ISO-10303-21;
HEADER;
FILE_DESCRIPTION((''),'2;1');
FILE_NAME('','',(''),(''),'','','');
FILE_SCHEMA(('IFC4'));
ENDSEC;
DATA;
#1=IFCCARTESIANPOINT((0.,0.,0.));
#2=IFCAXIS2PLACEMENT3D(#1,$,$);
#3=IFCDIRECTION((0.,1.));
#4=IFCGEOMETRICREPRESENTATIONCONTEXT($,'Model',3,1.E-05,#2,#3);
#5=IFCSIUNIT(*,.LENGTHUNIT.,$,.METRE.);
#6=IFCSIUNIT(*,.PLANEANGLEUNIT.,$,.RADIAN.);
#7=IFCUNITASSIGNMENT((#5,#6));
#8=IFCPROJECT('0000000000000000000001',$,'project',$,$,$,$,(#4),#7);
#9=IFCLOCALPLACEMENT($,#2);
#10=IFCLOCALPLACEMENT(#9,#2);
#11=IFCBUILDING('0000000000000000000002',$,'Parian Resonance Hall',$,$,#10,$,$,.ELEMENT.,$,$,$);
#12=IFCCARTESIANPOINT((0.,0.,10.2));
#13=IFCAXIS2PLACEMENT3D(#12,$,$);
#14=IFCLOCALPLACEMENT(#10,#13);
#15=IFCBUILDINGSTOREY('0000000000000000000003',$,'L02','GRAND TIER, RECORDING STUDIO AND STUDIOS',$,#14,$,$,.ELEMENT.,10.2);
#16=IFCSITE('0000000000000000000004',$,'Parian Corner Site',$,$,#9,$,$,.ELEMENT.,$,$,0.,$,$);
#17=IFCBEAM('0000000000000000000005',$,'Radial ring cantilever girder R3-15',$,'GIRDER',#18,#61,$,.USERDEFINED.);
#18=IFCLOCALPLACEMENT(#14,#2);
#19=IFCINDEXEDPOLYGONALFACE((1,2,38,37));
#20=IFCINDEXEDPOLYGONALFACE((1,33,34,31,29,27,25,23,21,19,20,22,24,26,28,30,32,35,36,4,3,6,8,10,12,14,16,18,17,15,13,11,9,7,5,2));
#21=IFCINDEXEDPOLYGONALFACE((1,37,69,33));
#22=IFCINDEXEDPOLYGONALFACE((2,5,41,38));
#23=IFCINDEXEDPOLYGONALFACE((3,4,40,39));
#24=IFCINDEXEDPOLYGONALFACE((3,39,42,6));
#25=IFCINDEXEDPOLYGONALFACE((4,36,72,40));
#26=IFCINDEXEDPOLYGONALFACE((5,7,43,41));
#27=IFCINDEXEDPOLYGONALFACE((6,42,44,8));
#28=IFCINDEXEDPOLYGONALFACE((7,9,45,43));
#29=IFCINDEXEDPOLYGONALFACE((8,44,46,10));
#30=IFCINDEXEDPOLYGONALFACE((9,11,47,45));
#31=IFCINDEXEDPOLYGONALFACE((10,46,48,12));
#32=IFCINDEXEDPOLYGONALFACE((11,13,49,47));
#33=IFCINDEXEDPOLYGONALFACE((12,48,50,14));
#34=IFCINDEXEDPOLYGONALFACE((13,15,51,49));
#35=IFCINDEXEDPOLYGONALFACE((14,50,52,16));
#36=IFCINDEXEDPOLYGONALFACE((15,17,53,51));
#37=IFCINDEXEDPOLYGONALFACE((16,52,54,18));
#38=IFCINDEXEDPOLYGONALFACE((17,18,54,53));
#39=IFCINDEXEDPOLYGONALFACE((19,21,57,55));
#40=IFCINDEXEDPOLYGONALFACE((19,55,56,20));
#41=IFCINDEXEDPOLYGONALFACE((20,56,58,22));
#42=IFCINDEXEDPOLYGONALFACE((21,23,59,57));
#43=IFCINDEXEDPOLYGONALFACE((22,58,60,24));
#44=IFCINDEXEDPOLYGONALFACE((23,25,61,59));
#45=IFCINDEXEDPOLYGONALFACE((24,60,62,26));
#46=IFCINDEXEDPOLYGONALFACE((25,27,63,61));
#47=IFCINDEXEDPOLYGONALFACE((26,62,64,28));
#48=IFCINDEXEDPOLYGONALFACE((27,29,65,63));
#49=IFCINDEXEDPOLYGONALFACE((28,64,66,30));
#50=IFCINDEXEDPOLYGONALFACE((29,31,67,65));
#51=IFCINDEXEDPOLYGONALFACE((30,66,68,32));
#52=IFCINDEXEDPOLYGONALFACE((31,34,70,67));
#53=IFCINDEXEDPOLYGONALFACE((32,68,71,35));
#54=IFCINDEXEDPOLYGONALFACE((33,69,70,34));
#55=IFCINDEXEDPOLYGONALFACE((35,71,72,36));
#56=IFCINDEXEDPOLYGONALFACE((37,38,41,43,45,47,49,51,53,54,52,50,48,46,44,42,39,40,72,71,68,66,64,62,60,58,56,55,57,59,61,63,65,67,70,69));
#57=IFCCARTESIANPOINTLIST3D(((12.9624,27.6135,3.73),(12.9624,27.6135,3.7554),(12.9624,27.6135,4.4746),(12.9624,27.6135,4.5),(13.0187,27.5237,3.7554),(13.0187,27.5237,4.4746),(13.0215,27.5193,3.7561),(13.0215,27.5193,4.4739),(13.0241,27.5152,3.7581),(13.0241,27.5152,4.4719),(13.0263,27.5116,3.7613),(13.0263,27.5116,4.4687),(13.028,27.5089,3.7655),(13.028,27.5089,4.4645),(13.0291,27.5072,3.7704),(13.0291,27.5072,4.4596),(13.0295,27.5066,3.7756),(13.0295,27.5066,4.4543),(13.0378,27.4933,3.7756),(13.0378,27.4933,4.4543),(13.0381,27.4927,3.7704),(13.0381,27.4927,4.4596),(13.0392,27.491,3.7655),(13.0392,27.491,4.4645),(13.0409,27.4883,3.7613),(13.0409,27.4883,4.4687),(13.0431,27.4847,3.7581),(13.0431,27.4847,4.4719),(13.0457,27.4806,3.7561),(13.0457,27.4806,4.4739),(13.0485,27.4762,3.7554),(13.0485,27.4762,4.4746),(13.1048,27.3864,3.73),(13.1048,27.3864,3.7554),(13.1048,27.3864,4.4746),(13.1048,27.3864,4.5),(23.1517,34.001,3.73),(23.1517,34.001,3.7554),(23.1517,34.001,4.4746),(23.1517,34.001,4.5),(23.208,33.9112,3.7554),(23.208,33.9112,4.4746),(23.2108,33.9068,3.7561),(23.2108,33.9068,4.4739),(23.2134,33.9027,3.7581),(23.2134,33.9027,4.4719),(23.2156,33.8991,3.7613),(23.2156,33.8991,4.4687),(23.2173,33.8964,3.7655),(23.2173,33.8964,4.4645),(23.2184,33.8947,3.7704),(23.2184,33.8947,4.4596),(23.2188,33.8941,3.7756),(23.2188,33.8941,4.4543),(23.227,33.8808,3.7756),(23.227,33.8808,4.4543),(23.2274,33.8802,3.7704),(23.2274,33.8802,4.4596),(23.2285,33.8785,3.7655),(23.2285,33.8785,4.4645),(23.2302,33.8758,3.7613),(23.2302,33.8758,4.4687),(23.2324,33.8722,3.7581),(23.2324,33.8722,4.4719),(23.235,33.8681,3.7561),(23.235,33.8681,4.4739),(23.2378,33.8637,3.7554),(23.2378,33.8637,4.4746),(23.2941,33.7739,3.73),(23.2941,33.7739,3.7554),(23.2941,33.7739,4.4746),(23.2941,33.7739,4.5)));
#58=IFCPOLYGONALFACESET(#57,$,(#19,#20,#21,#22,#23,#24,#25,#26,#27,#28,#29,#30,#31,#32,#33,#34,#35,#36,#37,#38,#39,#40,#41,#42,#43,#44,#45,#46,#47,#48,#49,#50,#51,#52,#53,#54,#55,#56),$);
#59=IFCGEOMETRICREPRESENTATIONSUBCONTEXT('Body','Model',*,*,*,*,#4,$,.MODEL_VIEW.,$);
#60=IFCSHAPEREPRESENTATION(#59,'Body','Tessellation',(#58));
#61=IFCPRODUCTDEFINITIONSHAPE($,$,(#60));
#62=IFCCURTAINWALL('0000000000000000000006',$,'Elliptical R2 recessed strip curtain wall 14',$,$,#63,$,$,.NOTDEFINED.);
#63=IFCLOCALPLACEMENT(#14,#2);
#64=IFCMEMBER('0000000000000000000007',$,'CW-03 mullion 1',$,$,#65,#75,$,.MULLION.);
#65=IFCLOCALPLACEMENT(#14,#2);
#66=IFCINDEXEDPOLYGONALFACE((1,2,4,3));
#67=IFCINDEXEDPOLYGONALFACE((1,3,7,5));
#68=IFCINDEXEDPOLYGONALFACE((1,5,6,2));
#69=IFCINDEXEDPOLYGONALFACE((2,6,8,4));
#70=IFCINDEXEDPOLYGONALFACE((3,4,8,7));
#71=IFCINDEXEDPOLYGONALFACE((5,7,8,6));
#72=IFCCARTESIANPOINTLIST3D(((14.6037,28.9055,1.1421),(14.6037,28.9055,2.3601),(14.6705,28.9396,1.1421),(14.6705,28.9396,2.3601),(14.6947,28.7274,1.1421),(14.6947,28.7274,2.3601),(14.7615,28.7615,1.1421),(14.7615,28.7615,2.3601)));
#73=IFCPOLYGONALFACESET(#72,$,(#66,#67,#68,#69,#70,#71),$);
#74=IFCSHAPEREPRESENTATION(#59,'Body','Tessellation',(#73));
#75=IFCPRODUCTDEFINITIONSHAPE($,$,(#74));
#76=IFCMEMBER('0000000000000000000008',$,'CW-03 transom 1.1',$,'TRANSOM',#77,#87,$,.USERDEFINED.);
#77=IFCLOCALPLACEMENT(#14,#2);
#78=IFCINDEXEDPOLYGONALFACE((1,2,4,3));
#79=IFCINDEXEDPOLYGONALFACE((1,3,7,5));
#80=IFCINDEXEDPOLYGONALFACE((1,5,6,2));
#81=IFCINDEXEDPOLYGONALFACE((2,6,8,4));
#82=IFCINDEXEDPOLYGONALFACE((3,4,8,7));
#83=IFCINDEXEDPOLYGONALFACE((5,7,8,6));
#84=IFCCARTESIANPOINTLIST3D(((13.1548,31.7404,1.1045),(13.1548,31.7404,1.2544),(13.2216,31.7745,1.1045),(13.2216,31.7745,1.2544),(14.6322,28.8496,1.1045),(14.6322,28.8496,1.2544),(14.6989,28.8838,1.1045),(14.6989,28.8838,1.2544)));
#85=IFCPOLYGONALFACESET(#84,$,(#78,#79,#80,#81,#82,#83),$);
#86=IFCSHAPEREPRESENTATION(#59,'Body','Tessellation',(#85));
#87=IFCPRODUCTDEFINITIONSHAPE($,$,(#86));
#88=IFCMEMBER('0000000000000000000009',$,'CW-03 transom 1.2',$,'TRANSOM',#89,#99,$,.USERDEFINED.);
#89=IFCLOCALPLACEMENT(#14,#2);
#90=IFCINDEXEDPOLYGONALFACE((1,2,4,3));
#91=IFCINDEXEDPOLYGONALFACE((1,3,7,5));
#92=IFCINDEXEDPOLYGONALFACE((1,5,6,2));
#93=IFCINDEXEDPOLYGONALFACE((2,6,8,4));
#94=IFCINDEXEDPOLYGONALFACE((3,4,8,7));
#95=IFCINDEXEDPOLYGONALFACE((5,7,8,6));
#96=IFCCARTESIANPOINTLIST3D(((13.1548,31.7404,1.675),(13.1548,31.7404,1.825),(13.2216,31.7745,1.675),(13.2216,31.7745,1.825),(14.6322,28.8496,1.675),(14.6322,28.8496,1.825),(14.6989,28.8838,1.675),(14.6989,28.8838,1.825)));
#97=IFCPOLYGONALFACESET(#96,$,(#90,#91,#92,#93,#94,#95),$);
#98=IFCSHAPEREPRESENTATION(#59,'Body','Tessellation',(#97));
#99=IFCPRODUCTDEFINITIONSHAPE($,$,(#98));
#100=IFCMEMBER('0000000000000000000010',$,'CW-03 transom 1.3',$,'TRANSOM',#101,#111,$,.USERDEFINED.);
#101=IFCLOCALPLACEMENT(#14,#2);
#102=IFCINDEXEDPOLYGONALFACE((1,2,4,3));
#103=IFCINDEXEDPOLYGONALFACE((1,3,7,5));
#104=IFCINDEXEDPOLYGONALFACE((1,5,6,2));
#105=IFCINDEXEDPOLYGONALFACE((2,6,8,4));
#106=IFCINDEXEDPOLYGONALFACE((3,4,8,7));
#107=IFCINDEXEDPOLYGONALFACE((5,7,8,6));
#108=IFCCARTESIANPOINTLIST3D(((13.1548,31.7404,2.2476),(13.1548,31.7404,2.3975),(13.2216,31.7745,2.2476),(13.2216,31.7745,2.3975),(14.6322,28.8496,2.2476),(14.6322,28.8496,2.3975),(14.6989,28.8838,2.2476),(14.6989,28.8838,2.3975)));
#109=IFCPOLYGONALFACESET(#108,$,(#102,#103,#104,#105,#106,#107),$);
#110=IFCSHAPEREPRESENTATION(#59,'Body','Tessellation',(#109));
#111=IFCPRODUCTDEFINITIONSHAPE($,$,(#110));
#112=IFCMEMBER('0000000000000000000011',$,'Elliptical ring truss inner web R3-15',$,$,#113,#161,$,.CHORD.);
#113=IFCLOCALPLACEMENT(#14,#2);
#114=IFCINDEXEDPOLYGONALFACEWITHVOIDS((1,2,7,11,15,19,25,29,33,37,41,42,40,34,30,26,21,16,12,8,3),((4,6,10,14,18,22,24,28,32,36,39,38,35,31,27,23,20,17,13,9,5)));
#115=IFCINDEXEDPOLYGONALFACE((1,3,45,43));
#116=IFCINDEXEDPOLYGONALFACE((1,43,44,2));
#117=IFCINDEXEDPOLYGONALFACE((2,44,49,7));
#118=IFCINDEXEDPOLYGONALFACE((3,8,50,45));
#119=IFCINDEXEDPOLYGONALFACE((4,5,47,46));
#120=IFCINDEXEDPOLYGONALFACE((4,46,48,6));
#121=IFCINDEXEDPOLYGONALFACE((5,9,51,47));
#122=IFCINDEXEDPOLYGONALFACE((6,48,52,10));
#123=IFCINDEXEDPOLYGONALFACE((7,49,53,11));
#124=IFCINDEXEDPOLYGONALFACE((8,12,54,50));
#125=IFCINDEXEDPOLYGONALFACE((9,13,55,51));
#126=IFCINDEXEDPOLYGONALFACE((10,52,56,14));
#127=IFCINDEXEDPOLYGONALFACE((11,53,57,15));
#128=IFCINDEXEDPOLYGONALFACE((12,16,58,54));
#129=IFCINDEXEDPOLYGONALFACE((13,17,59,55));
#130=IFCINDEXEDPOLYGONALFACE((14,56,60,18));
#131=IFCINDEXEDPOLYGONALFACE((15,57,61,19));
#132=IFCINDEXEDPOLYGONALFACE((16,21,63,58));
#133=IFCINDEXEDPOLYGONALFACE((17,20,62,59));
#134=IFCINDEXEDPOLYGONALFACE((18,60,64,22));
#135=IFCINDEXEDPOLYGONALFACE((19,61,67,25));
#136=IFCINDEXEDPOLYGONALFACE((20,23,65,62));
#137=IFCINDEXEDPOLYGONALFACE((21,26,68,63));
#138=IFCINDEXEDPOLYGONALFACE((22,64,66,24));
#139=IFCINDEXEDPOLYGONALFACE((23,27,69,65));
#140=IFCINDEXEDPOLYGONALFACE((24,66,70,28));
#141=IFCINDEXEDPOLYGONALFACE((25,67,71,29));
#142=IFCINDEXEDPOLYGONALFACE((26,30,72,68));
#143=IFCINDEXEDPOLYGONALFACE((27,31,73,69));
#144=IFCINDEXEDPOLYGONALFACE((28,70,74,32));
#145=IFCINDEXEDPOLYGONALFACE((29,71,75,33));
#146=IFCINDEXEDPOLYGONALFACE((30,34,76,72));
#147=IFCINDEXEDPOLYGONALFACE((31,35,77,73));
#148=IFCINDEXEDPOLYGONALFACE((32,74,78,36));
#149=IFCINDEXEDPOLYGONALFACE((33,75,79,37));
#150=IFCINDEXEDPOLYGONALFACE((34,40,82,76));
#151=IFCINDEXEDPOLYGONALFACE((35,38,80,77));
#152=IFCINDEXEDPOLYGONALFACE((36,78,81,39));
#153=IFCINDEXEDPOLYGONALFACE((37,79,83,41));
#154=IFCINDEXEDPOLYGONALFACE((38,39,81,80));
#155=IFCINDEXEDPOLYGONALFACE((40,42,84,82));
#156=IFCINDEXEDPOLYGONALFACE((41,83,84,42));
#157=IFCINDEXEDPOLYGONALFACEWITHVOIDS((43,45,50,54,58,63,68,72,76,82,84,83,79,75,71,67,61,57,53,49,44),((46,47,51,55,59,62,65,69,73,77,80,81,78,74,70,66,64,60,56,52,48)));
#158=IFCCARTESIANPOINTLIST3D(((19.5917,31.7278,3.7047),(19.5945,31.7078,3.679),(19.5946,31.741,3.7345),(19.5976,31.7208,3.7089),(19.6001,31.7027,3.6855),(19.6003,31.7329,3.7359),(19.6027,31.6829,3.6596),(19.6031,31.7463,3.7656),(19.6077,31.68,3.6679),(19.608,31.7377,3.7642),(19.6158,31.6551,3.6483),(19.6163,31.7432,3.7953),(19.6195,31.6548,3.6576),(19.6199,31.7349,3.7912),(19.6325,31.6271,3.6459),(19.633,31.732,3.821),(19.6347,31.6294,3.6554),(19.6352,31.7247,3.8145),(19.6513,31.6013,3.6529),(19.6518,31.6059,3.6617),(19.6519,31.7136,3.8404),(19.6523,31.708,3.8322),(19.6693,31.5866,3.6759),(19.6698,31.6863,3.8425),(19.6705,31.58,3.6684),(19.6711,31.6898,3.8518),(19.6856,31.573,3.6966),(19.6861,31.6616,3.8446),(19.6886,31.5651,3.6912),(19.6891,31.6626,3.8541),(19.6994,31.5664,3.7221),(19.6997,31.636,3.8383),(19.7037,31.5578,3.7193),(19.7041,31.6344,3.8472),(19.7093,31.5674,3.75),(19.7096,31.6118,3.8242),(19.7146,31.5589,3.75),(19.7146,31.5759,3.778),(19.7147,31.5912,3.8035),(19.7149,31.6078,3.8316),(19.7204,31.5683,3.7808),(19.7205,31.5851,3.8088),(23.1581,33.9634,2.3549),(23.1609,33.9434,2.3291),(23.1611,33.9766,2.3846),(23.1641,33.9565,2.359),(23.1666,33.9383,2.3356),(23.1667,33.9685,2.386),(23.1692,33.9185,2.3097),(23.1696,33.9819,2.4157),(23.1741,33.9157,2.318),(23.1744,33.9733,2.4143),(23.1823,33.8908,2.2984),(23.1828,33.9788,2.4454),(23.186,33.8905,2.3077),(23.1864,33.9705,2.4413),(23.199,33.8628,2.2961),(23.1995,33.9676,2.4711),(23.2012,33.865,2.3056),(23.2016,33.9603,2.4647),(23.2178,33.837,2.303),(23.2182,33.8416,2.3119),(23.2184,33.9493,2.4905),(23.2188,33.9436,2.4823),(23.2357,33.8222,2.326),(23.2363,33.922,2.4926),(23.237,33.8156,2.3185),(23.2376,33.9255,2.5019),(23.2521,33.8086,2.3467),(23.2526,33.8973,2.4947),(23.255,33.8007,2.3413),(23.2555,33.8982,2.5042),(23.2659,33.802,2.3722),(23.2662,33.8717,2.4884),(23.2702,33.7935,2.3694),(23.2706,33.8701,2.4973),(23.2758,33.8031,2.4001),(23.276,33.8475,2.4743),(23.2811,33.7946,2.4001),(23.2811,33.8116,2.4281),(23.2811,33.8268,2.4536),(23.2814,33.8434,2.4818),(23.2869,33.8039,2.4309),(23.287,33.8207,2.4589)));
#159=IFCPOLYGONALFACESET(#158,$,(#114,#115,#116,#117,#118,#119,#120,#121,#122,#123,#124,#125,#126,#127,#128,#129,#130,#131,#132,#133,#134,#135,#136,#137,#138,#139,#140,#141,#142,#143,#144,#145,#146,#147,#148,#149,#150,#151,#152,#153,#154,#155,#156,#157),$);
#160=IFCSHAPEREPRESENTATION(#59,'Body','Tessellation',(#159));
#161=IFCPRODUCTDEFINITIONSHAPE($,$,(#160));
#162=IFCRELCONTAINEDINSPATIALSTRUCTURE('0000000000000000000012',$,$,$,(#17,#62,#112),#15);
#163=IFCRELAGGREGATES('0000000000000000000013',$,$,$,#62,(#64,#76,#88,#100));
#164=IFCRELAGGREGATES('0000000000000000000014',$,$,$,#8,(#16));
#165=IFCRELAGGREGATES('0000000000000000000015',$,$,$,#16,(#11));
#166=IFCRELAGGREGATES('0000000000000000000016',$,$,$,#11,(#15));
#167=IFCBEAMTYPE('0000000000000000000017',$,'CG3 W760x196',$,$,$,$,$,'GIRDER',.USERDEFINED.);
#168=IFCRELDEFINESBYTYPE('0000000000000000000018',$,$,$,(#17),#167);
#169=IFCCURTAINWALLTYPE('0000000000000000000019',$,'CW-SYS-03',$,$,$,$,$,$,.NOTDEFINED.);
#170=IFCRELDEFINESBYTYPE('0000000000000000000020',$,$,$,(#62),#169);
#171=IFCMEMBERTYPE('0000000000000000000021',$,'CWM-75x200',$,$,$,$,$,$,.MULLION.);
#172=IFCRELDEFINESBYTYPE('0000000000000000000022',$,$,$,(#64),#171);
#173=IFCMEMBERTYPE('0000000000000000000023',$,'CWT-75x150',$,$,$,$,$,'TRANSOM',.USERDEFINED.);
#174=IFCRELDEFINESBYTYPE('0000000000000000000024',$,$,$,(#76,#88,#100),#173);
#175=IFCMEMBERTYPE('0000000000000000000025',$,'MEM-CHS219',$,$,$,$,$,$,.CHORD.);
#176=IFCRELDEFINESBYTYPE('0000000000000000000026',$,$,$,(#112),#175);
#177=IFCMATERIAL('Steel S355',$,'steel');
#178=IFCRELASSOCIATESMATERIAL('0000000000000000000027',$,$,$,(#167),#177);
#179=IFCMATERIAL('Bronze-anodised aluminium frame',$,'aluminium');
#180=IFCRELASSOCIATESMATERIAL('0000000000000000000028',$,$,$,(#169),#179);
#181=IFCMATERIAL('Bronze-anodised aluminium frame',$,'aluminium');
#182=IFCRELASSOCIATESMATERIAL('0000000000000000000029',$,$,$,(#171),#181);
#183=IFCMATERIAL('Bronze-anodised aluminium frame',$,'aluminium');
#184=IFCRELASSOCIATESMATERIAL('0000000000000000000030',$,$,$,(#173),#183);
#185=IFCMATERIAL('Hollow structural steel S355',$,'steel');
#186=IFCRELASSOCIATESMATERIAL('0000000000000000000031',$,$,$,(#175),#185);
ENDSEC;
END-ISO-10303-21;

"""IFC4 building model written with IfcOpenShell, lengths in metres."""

from ifc_helpers import new_model, si_unit, direction, frame, origin, origin_2d, place, context, subcontext, project, spatial, rectangle, hollow_circle, i_section, extrude, material, material_profile, profile_set, type_object, element, aggregate, save


model = new_model("IFC4")

# Units and contexts
model_context = context("Model", 3, precision=1e-05, world=origin(), true_north=direction((0.0, 1.0)))
body_context = subcontext(model_context, "Body", "Model", "MODEL_VIEW")
ifc_project = project(units=[si_unit("LENGTHUNIT", "METRE"), si_unit("PLANEANGLEUNIT", "RADIAN")], contexts=[model_context])

# Site, building, storey
site_placement = place(None, origin())
site = spatial("IfcSite", under=ifc_project, at=site_placement, Name="Parian Corner Site", CompositionType="ELEMENT", RefElevation=0.0)
building_placement = place(site_placement, origin())
building = spatial("IfcBuilding", under=site, at=building_placement, Name="Parian Resonance Hall", CompositionType="ELEMENT")
storey_placement = place(building_placement, frame((0.0, 0.0, 10.2)))
storey = spatial("IfcBuildingStorey", under=building, at=storey_placement, Name="L02", Description="GRAND TIER, RECORDING STUDIO AND STUDIOS", CompositionType="ELEMENT", Elevation=10.2)

# Beam
ifc_material_1 = material(Name="Steel S355", Category="steel")
ifc_material_profile_1 = material_profile(ifc_material_1, i_section(OverallWidth=0.2681, OverallDepth=0.77, WebThickness=0.0156, FlangeThickness=0.0254, FilletRadius=0.0203, at=origin_2d()), Name="W760x196")
ifc_profile_set_1 = profile_set([ifc_material_profile_1], Name="Steel S355")
beam_type_1 = type_object("IfcBeamType", Name="CG3 W760x196", ElementType="GIRDER", PredefinedType="USERDEFINED", material=ifc_profile_set_1)
beam_1_placement = place(storey_placement, frame((23.2229, 33.8875, 4.115), z_axis=(-0.84728, -0.531146, 0.0), x_axis=(0.531146, -0.84728, 0.0)))
element("IfcBeam", 1, at=beam_1_placement, inside=storey, type_object=beam_type_1, Name="Radial ring cantilever girder R3-15", ObjectType="GIRDER", PredefinedType="USERDEFINED", context=body_context, shape_type="SweptSolid", body=[
    extrude(i_section(OverallWidth=0.2681, OverallDepth=0.77, WebThickness=0.0156, FlangeThickness=0.0254, FilletRadius=0.0203, at=origin_2d()), origin(), (0.0, 0.0, 1.0), 12.0259),
])

# Curtain wall, members
ifc_material_2 = material(Name="Bronze-anodised aluminium frame", Category="aluminium")
curtain_wall_type = type_object("IfcCurtainWallType", Name="CW-SYS-03", PredefinedType="NOTDEFINED", material=ifc_material_2)
curtain_wall_placement = place(storey_placement, origin())
curtain_wall = element("IfcCurtainWall", 2, at=curtain_wall_placement, inside=storey, type_object=curtain_wall_type, Name="Elliptical R2 recessed strip curtain wall 14", PredefinedType="NOTDEFINED")
ifc_material_3 = material(Name="Bronze-anodised aluminium frame", Category="aluminium")
ifc_material_profile_2 = material_profile(ifc_material_3, rectangle(XDim=0.075, YDim=0.2, at=origin_2d()), Name="CWM-75x200")
ifc_profile_set_2 = profile_set([ifc_material_profile_2], Name="Bronze-anodised aluminium frame")
member_type_1 = type_object("IfcMemberType", Name="CWM-75x200", PredefinedType="MULLION", material=ifc_profile_set_2)
member_1_placement = place(storey_placement, frame((14.6826, 28.8335, 1.1421), z_axis=(0.0, 0.0, 1.0), x_axis=(-0.890447, -0.455086, 0.0)))
member_1 = element("IfcMember", 3, at=member_1_placement, type_object=member_type_1, Name="CW-03 mullion 1", PredefinedType="MULLION", context=body_context, shape_type="SweptSolid", body=[
    extrude(rectangle(XDim=0.075, YDim=0.2, at=origin_2d()), origin(), (0.0, 0.0, 1.0), 1.218),
])
ifc_material_4 = material(Name="Bronze-anodised aluminium frame", Category="aluminium")
ifc_material_profile_3 = material_profile(ifc_material_4, rectangle(XDim=0.075, YDim=0.1499, at=origin_2d()), Name="CWT-75x150")
ifc_profile_set_3 = profile_set([ifc_material_profile_3], Name="Bronze-anodised aluminium frame")
member_type_2 = type_object("IfcMemberType", Name="CWT-75x150", ElementType="TRANSOM", PredefinedType="USERDEFINED", material=ifc_profile_set_3)
member_2_placement = place(storey_placement, frame((14.6655, 28.8667, 1.1794), z_axis=(-0.455078, 0.890452, 0.0), x_axis=(-0.890452, -0.455078, 0.0)))
member_2 = element("IfcMember", 4, at=member_2_placement, type_object=member_type_2, Name="CW-03 transom 1.1", ObjectType="TRANSOM", PredefinedType="USERDEFINED", context=body_context, shape_type="SweptSolid", body=[
    extrude(rectangle(XDim=0.075, YDim=0.1499, at=origin_2d()), origin(), (0.0, 0.0, 1.0), 3.2463),
])
member_3_placement = place(storey_placement, frame((14.6655, 28.8667, 1.75), z_axis=(-0.455078, 0.890452, 0.0), x_axis=(-0.890452, -0.455078, 0.0)))
member_3 = element("IfcMember", 5, at=member_3_placement, type_object=member_type_2, Name="CW-03 transom 1.2", ObjectType="TRANSOM", PredefinedType="USERDEFINED", context=body_context, shape_type="SweptSolid", body=[
    extrude(rectangle(XDim=0.075, YDim=0.1499, at=origin_2d()), origin(), (0.0, 0.0, 1.0), 3.2463),
])
member_4_placement = place(storey_placement, frame((14.6655, 28.8667, 2.3225), z_axis=(-0.455078, 0.890452, 0.0), x_axis=(-0.890452, -0.455078, 0.0)))
member_4 = element("IfcMember", 6, at=member_4_placement, type_object=member_type_2, Name="CW-03 transom 1.3", ObjectType="TRANSOM", PredefinedType="USERDEFINED", context=body_context, shape_type="SweptSolid", body=[
    extrude(rectangle(XDim=0.075, YDim=0.1499, at=origin_2d()), origin(), (0.0, 0.0, 1.0), 3.2463),
])

# Member
ifc_material_5 = material(Name="Hollow structural steel S355", Category="steel")
ifc_material_profile_4 = material_profile(ifc_material_5, hollow_circle(Radius=0.1096, WallThickness=0.01, at=origin_2d()), Name="CHS219.1x10")
ifc_profile_set_4 = profile_set([ifc_material_profile_4], Name="Hollow structural steel S355")
member_type_3 = type_object("IfcMemberType", Name="MEM-CHS219", PredefinedType="CHORD", material=ifc_profile_set_4)
member_5_placement = place(storey_placement, frame((23.2229, 33.8875, 2.4001), z_axis=(-0.80682, -0.505754, 0.305374), x_axis=(0.531125, -0.847294, 0.0)))
element("IfcMember", 7, at=member_5_placement, inside=storey, type_object=member_type_3, Name="Elliptical ring truss inner web R3-15", PredefinedType="CHORD", context=body_context, shape_type="SweptSolid", body=[
    extrude(hollow_circle(Radius=0.1096, WallThickness=0.01, at=origin_2d()), origin(), (0.0, 0.0, 1.0), 4.4204),
])

aggregate(curtain_wall, [member_1, member_2, member_3, member_4])

save(model, "model.ifc")
